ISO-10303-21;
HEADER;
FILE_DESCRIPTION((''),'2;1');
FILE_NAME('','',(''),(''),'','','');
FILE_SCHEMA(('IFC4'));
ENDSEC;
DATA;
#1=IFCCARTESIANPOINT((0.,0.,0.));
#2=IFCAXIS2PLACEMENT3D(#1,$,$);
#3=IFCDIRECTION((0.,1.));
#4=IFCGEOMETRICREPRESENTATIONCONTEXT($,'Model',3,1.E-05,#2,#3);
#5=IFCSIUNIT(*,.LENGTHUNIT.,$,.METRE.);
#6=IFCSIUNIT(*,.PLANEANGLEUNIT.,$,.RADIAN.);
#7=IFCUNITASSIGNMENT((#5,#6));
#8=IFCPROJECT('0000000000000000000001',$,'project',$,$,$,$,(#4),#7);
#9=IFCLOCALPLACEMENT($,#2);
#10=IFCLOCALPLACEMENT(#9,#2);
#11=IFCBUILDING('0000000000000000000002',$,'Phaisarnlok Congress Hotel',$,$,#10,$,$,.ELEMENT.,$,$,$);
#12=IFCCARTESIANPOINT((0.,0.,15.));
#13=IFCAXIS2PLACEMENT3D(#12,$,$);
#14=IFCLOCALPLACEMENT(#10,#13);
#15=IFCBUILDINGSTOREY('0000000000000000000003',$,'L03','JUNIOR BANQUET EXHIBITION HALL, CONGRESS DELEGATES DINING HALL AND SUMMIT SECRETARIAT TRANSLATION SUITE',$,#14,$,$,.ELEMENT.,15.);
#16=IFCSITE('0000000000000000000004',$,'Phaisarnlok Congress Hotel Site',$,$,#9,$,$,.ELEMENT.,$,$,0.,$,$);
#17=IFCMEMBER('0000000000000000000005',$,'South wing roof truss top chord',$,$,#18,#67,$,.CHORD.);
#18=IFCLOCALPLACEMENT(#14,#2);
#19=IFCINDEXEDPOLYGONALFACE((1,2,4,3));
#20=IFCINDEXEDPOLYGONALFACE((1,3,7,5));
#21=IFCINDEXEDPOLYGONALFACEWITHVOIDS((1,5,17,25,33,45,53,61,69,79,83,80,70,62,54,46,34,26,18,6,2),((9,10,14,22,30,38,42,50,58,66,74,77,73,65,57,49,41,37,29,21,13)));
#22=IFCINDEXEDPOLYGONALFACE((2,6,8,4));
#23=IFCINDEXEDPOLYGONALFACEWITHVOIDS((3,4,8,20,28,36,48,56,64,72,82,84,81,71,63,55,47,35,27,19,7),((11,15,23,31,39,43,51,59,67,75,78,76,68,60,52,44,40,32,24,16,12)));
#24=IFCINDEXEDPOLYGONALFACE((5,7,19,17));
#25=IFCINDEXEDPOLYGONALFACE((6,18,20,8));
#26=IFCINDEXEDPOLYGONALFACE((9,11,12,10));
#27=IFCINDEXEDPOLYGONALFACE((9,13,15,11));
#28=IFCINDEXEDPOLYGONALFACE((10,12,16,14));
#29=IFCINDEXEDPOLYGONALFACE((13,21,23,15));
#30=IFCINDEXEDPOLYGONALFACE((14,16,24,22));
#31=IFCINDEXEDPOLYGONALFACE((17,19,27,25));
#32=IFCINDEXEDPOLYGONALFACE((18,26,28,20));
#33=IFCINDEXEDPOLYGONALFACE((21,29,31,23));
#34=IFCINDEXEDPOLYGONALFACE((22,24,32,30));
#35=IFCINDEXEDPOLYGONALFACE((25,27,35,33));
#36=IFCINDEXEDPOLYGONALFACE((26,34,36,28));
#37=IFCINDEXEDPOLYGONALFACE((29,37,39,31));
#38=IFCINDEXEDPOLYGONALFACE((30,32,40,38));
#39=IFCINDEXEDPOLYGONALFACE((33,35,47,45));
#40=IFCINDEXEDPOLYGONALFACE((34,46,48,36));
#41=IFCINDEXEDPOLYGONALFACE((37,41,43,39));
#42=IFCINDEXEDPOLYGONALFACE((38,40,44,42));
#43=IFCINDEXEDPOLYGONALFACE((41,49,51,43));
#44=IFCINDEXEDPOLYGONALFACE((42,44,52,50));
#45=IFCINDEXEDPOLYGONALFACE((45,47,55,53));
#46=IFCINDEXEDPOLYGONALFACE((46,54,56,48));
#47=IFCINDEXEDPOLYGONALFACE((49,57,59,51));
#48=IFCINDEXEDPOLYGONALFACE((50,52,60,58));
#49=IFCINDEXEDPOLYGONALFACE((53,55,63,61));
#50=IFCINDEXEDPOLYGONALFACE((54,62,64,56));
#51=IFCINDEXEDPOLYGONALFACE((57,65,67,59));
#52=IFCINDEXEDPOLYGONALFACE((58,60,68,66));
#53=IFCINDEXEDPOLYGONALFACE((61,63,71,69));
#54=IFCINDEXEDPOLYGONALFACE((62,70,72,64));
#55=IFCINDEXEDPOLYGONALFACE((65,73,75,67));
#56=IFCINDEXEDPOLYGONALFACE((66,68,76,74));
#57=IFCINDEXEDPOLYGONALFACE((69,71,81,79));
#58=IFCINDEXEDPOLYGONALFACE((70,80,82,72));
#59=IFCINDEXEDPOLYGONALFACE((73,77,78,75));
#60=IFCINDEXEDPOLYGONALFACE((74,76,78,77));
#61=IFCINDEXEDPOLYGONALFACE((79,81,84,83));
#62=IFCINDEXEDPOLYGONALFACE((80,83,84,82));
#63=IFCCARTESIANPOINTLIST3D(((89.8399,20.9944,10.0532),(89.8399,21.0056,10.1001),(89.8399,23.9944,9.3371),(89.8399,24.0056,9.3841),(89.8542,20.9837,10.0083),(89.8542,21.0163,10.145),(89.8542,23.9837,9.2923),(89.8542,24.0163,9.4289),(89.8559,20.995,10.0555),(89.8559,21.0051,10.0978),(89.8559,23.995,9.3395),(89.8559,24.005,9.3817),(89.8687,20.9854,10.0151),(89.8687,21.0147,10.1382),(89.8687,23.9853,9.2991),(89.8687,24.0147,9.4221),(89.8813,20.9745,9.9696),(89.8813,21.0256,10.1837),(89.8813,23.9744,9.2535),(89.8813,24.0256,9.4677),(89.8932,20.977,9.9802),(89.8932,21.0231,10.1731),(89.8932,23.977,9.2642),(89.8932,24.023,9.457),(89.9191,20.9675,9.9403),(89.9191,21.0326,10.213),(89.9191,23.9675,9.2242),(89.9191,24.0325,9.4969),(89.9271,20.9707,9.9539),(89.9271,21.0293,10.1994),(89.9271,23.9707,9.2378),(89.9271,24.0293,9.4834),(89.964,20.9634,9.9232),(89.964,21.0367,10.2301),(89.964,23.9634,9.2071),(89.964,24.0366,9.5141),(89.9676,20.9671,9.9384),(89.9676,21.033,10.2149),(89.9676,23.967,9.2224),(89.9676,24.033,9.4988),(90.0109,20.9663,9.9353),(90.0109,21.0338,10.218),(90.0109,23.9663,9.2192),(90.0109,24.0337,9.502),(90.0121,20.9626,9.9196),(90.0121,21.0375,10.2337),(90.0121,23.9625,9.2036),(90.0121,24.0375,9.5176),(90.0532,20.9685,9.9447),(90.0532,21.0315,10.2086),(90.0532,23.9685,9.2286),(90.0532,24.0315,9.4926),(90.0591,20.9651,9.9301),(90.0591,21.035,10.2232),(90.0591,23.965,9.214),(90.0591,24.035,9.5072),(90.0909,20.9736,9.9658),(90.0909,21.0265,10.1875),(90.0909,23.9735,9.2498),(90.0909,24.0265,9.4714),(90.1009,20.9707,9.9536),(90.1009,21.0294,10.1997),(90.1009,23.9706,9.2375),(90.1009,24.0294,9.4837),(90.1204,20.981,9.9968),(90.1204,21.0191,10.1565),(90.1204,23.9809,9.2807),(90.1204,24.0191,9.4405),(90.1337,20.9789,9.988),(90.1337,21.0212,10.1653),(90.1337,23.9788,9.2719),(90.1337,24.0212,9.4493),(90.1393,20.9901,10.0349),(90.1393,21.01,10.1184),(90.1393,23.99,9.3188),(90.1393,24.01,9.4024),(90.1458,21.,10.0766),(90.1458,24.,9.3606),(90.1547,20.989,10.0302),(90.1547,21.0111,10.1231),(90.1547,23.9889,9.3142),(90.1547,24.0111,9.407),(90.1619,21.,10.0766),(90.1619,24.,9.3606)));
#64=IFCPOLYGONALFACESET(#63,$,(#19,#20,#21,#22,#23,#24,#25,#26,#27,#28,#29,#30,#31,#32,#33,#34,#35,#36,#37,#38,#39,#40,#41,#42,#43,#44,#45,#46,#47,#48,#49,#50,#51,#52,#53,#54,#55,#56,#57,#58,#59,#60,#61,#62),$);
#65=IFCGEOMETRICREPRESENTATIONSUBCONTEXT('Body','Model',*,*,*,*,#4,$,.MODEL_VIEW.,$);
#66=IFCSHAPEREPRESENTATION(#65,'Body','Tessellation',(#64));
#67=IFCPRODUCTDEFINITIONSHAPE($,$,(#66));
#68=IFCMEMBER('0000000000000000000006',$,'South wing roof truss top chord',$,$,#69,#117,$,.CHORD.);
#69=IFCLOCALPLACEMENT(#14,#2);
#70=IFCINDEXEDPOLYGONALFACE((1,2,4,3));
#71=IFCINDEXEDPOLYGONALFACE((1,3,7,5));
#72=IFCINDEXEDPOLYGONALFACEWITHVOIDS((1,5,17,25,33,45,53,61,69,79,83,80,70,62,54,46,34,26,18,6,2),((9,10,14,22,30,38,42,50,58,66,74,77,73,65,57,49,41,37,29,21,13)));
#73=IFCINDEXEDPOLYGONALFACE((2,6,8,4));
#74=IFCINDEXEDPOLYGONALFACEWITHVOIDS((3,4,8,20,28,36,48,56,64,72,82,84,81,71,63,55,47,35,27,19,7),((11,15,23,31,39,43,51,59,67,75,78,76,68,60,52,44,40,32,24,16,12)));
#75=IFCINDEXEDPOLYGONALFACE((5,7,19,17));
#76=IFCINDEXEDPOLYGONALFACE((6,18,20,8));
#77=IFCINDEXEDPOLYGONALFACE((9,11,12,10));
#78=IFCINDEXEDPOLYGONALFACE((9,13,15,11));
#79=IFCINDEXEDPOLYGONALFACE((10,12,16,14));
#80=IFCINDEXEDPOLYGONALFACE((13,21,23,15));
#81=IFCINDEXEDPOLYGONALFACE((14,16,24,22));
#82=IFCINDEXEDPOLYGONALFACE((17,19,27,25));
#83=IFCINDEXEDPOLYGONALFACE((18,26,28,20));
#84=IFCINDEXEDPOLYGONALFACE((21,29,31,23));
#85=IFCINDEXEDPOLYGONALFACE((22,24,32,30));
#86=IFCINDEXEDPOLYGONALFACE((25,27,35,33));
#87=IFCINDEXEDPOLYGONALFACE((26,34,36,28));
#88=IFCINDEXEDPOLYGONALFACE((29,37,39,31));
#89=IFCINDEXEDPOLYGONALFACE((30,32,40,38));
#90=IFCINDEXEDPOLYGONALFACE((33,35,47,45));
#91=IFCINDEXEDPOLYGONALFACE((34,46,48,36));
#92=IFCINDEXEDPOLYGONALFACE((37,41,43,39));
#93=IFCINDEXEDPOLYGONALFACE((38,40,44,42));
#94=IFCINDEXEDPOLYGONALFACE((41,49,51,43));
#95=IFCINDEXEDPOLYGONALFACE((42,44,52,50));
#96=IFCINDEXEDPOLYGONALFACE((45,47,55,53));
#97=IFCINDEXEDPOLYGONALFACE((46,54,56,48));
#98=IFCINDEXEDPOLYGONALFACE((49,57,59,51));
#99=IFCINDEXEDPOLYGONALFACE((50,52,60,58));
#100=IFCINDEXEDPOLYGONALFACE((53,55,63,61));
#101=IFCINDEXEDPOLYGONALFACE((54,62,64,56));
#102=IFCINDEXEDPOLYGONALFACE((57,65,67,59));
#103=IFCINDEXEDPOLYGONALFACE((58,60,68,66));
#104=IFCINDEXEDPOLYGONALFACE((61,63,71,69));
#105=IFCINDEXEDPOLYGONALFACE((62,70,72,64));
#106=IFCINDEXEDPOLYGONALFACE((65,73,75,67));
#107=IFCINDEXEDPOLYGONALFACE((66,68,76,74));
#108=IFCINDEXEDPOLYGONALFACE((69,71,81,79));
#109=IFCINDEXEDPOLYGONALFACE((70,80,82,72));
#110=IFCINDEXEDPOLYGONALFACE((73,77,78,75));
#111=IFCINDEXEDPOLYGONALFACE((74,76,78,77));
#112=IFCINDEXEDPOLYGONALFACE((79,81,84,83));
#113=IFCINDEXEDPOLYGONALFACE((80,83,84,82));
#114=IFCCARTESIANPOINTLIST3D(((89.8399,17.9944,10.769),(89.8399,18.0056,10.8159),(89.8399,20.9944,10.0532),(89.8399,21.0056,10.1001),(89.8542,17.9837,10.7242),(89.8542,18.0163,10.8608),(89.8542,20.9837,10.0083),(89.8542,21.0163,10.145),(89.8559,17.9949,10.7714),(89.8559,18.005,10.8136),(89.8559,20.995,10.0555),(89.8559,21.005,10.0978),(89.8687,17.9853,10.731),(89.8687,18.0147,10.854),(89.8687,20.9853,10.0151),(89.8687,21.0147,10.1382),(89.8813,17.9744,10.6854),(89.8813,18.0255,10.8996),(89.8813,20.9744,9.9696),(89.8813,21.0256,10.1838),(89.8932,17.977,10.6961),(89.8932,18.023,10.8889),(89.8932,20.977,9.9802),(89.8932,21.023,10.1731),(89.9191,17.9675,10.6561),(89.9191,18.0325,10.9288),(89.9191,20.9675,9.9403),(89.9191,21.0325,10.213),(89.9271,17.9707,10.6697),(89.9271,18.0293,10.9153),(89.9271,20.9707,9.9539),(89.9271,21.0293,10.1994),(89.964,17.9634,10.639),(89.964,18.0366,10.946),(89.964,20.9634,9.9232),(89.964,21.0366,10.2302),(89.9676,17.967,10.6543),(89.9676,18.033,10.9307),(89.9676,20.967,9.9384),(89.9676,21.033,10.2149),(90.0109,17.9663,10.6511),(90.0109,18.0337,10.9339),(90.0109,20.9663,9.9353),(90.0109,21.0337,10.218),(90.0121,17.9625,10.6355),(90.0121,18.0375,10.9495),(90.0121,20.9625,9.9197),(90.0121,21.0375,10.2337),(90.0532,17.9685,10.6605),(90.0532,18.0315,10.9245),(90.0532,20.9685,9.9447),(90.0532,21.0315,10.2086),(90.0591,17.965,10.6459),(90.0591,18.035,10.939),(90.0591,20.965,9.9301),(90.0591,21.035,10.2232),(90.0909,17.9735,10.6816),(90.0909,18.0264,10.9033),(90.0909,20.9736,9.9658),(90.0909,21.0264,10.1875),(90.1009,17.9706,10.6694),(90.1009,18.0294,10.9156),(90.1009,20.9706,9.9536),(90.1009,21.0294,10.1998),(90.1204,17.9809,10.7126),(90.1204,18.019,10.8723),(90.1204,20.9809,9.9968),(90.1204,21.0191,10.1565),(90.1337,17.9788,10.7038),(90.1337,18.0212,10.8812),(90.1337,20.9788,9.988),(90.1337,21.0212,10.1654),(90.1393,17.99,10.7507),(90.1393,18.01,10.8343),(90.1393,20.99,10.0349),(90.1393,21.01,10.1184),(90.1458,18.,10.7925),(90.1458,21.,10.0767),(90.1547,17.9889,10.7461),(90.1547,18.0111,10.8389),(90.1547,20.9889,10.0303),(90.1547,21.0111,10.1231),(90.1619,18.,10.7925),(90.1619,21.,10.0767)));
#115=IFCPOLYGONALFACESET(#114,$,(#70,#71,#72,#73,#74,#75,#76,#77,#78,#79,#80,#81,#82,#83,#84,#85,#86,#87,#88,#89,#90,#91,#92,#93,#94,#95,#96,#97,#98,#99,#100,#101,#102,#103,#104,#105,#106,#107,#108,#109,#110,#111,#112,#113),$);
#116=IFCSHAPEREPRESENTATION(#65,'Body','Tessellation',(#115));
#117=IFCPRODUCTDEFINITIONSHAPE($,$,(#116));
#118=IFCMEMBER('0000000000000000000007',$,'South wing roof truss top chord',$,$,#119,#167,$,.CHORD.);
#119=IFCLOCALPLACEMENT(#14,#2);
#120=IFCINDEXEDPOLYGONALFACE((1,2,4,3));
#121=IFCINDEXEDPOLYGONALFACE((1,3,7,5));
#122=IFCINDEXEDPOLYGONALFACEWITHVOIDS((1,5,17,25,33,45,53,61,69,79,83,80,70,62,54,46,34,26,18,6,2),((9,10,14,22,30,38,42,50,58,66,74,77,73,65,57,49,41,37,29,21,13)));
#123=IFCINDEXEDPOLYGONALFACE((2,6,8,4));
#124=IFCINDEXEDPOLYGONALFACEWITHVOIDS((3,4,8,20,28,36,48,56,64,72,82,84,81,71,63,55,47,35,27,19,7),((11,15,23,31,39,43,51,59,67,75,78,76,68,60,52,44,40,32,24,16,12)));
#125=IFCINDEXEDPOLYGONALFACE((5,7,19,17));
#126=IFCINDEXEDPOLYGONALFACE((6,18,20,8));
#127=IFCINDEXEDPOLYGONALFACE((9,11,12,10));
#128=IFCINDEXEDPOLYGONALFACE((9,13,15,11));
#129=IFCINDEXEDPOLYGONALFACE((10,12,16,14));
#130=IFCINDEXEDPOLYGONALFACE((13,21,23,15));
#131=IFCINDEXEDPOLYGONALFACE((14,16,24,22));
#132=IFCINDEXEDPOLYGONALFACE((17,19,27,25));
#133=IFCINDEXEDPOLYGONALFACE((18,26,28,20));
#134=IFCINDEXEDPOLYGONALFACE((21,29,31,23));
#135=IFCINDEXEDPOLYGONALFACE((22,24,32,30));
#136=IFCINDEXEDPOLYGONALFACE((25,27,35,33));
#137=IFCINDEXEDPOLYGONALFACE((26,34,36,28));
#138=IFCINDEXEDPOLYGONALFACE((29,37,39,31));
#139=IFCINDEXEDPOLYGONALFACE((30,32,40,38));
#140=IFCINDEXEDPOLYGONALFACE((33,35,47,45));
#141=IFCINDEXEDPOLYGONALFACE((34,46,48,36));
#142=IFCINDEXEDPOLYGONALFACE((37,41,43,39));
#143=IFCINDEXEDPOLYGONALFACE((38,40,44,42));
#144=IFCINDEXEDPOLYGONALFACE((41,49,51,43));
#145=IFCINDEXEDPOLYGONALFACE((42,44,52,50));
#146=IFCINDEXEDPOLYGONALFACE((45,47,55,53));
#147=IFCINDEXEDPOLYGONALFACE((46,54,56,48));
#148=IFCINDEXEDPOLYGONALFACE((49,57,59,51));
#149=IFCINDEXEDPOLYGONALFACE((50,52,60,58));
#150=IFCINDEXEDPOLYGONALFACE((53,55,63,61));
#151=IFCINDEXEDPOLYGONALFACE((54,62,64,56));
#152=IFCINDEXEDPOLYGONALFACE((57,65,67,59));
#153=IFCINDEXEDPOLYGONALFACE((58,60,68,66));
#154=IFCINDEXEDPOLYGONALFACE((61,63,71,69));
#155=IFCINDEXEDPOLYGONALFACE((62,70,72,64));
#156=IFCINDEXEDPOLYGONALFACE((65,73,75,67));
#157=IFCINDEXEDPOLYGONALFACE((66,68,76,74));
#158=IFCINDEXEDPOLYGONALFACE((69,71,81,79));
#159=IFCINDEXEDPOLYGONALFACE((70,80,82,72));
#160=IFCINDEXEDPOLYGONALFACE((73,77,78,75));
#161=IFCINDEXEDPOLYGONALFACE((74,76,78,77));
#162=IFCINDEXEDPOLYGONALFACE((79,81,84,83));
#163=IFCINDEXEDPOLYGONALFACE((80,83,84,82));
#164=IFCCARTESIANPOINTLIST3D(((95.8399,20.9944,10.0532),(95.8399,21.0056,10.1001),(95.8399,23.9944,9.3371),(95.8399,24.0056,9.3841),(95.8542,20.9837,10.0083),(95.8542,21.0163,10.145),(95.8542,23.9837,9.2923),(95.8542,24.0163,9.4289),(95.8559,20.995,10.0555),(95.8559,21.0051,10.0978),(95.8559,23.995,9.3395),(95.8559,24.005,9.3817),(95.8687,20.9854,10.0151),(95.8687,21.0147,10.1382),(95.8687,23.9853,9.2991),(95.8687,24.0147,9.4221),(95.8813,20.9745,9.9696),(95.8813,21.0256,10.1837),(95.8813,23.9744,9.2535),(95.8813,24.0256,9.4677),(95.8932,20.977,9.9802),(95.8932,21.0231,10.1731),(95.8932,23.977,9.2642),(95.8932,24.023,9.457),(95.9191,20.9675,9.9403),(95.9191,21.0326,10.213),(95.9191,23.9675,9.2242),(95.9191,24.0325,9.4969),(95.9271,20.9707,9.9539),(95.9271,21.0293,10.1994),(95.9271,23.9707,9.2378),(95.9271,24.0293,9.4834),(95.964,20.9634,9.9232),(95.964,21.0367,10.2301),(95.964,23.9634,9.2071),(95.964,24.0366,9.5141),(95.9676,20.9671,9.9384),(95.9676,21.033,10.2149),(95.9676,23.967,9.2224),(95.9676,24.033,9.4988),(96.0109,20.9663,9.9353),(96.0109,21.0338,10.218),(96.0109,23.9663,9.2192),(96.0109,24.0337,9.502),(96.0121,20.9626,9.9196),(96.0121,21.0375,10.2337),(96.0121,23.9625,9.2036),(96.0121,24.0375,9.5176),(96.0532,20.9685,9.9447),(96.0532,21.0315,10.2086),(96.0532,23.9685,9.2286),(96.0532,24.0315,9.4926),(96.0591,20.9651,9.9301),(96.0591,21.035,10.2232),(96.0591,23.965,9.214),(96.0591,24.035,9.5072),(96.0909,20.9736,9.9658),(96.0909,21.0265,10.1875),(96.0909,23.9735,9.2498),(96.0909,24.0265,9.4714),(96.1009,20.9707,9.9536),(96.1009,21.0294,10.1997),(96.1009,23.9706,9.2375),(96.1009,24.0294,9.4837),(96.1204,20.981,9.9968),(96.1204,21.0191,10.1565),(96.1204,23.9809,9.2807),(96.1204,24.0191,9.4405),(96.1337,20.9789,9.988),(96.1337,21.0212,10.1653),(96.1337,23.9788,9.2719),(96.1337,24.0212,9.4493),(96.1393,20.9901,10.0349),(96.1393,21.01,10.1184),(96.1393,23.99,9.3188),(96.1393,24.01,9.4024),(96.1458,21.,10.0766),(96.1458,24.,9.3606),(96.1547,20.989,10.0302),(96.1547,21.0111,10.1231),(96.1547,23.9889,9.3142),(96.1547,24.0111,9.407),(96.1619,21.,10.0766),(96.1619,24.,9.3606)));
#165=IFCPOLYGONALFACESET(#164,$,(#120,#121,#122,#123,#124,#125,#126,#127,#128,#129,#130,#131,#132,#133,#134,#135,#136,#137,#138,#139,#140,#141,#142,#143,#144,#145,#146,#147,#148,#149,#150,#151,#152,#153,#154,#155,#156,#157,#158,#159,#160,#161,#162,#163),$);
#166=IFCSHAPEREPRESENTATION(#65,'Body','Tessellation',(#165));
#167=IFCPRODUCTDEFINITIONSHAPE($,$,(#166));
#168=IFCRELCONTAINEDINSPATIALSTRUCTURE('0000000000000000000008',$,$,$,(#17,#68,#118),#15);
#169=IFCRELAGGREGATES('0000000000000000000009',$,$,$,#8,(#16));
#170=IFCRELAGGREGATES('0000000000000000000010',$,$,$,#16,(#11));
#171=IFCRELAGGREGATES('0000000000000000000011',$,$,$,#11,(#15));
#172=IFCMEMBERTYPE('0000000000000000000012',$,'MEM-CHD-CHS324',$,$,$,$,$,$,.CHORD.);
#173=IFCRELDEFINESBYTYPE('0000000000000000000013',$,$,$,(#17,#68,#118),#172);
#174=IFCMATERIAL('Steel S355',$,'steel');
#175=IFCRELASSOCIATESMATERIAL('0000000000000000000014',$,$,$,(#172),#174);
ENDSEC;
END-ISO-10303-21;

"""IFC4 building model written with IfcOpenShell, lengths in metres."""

from ifc_helpers import new_model, si_unit, direction, frame, origin, origin_2d, place, context, subcontext, project, spatial, hollow_circle, extrude, material, material_profile, profile_set, type_object, element, save


model = new_model("IFC4")

# Units and contexts
model_context = context("Model", 3, precision=1e-05, world=origin(), true_north=direction((0.0, 1.0)))
body_context = subcontext(model_context, "Body", "Model", "MODEL_VIEW")
ifc_project = project(units=[si_unit("LENGTHUNIT", "METRE"), si_unit("PLANEANGLEUNIT", "RADIAN")], contexts=[model_context])

# Site, building, storey
site_placement = place(None, origin())
site = spatial("IfcSite", under=ifc_project, at=site_placement, Name="Phaisarnlok Congress Hotel Site", CompositionType="ELEMENT", RefElevation=0.0)
building_placement = place(site_placement, origin())
building = spatial("IfcBuilding", under=site, at=building_placement, Name="Phaisarnlok Congress Hotel", CompositionType="ELEMENT")
storey_placement = place(building_placement, frame((0.0, 0.0, 15.0)))
storey = spatial("IfcBuildingStorey", under=building, at=storey_placement, Name="L03", Description="JUNIOR BANQUET EXHIBITION HALL, CONGRESS DELEGATES DINING HALL AND SUMMIT SECRETARIAT TRANSLATION SUITE", CompositionType="ELEMENT", Elevation=15.0)

# Shared definitions
ifc_material_1 = material(Name="Steel S355", Category="steel")

# Members
ifc_material_profile_1 = material_profile(ifc_material_1, hollow_circle(Radius=0.1619, WallThickness=0.0161, at=origin_2d()), Name="CHS 323.9x16")
ifc_profile_set_1 = profile_set([ifc_material_profile_1], Name="Steel S355")
member_type_1 = type_object("IfcMemberType", Name="MEM-CHD-CHS324", PredefinedType="CHORD", material=ifc_profile_set_1)
for number, where, z_axis, x_axis, name in (
    (1, (90.0, 24.0, 9.3606), (0.0, -0.972676, 0.232166), (1.0, 0.0, 0.0), "South wing roof truss top chord"),
    (2, (90.0, 21.0, 10.0767), (0.0, -0.972694, 0.232091), (1.0, 0.0, 0.0), "South wing roof truss top chord"),
    (3, (96.0, 24.0, 9.3606), (0.0, -0.972676, 0.232166), (1.0, 0.0, 0.0), "South wing roof truss top chord"),
):
    element("IfcMember", number, at=place(storey_placement, frame(where, z_axis=z_axis, x_axis=x_axis)), inside=storey, type_object=member_type_1, Name=name, PredefinedType="CHORD", context=body_context, shape_type="SweptSolid", body=[
        extrude(hollow_circle(Radius=0.1619, WallThickness=0.0161, at=origin_2d()), origin(), (0.0, 0.0, 1.0), 3.0842),
    ])

save(model, "model.ifc")
